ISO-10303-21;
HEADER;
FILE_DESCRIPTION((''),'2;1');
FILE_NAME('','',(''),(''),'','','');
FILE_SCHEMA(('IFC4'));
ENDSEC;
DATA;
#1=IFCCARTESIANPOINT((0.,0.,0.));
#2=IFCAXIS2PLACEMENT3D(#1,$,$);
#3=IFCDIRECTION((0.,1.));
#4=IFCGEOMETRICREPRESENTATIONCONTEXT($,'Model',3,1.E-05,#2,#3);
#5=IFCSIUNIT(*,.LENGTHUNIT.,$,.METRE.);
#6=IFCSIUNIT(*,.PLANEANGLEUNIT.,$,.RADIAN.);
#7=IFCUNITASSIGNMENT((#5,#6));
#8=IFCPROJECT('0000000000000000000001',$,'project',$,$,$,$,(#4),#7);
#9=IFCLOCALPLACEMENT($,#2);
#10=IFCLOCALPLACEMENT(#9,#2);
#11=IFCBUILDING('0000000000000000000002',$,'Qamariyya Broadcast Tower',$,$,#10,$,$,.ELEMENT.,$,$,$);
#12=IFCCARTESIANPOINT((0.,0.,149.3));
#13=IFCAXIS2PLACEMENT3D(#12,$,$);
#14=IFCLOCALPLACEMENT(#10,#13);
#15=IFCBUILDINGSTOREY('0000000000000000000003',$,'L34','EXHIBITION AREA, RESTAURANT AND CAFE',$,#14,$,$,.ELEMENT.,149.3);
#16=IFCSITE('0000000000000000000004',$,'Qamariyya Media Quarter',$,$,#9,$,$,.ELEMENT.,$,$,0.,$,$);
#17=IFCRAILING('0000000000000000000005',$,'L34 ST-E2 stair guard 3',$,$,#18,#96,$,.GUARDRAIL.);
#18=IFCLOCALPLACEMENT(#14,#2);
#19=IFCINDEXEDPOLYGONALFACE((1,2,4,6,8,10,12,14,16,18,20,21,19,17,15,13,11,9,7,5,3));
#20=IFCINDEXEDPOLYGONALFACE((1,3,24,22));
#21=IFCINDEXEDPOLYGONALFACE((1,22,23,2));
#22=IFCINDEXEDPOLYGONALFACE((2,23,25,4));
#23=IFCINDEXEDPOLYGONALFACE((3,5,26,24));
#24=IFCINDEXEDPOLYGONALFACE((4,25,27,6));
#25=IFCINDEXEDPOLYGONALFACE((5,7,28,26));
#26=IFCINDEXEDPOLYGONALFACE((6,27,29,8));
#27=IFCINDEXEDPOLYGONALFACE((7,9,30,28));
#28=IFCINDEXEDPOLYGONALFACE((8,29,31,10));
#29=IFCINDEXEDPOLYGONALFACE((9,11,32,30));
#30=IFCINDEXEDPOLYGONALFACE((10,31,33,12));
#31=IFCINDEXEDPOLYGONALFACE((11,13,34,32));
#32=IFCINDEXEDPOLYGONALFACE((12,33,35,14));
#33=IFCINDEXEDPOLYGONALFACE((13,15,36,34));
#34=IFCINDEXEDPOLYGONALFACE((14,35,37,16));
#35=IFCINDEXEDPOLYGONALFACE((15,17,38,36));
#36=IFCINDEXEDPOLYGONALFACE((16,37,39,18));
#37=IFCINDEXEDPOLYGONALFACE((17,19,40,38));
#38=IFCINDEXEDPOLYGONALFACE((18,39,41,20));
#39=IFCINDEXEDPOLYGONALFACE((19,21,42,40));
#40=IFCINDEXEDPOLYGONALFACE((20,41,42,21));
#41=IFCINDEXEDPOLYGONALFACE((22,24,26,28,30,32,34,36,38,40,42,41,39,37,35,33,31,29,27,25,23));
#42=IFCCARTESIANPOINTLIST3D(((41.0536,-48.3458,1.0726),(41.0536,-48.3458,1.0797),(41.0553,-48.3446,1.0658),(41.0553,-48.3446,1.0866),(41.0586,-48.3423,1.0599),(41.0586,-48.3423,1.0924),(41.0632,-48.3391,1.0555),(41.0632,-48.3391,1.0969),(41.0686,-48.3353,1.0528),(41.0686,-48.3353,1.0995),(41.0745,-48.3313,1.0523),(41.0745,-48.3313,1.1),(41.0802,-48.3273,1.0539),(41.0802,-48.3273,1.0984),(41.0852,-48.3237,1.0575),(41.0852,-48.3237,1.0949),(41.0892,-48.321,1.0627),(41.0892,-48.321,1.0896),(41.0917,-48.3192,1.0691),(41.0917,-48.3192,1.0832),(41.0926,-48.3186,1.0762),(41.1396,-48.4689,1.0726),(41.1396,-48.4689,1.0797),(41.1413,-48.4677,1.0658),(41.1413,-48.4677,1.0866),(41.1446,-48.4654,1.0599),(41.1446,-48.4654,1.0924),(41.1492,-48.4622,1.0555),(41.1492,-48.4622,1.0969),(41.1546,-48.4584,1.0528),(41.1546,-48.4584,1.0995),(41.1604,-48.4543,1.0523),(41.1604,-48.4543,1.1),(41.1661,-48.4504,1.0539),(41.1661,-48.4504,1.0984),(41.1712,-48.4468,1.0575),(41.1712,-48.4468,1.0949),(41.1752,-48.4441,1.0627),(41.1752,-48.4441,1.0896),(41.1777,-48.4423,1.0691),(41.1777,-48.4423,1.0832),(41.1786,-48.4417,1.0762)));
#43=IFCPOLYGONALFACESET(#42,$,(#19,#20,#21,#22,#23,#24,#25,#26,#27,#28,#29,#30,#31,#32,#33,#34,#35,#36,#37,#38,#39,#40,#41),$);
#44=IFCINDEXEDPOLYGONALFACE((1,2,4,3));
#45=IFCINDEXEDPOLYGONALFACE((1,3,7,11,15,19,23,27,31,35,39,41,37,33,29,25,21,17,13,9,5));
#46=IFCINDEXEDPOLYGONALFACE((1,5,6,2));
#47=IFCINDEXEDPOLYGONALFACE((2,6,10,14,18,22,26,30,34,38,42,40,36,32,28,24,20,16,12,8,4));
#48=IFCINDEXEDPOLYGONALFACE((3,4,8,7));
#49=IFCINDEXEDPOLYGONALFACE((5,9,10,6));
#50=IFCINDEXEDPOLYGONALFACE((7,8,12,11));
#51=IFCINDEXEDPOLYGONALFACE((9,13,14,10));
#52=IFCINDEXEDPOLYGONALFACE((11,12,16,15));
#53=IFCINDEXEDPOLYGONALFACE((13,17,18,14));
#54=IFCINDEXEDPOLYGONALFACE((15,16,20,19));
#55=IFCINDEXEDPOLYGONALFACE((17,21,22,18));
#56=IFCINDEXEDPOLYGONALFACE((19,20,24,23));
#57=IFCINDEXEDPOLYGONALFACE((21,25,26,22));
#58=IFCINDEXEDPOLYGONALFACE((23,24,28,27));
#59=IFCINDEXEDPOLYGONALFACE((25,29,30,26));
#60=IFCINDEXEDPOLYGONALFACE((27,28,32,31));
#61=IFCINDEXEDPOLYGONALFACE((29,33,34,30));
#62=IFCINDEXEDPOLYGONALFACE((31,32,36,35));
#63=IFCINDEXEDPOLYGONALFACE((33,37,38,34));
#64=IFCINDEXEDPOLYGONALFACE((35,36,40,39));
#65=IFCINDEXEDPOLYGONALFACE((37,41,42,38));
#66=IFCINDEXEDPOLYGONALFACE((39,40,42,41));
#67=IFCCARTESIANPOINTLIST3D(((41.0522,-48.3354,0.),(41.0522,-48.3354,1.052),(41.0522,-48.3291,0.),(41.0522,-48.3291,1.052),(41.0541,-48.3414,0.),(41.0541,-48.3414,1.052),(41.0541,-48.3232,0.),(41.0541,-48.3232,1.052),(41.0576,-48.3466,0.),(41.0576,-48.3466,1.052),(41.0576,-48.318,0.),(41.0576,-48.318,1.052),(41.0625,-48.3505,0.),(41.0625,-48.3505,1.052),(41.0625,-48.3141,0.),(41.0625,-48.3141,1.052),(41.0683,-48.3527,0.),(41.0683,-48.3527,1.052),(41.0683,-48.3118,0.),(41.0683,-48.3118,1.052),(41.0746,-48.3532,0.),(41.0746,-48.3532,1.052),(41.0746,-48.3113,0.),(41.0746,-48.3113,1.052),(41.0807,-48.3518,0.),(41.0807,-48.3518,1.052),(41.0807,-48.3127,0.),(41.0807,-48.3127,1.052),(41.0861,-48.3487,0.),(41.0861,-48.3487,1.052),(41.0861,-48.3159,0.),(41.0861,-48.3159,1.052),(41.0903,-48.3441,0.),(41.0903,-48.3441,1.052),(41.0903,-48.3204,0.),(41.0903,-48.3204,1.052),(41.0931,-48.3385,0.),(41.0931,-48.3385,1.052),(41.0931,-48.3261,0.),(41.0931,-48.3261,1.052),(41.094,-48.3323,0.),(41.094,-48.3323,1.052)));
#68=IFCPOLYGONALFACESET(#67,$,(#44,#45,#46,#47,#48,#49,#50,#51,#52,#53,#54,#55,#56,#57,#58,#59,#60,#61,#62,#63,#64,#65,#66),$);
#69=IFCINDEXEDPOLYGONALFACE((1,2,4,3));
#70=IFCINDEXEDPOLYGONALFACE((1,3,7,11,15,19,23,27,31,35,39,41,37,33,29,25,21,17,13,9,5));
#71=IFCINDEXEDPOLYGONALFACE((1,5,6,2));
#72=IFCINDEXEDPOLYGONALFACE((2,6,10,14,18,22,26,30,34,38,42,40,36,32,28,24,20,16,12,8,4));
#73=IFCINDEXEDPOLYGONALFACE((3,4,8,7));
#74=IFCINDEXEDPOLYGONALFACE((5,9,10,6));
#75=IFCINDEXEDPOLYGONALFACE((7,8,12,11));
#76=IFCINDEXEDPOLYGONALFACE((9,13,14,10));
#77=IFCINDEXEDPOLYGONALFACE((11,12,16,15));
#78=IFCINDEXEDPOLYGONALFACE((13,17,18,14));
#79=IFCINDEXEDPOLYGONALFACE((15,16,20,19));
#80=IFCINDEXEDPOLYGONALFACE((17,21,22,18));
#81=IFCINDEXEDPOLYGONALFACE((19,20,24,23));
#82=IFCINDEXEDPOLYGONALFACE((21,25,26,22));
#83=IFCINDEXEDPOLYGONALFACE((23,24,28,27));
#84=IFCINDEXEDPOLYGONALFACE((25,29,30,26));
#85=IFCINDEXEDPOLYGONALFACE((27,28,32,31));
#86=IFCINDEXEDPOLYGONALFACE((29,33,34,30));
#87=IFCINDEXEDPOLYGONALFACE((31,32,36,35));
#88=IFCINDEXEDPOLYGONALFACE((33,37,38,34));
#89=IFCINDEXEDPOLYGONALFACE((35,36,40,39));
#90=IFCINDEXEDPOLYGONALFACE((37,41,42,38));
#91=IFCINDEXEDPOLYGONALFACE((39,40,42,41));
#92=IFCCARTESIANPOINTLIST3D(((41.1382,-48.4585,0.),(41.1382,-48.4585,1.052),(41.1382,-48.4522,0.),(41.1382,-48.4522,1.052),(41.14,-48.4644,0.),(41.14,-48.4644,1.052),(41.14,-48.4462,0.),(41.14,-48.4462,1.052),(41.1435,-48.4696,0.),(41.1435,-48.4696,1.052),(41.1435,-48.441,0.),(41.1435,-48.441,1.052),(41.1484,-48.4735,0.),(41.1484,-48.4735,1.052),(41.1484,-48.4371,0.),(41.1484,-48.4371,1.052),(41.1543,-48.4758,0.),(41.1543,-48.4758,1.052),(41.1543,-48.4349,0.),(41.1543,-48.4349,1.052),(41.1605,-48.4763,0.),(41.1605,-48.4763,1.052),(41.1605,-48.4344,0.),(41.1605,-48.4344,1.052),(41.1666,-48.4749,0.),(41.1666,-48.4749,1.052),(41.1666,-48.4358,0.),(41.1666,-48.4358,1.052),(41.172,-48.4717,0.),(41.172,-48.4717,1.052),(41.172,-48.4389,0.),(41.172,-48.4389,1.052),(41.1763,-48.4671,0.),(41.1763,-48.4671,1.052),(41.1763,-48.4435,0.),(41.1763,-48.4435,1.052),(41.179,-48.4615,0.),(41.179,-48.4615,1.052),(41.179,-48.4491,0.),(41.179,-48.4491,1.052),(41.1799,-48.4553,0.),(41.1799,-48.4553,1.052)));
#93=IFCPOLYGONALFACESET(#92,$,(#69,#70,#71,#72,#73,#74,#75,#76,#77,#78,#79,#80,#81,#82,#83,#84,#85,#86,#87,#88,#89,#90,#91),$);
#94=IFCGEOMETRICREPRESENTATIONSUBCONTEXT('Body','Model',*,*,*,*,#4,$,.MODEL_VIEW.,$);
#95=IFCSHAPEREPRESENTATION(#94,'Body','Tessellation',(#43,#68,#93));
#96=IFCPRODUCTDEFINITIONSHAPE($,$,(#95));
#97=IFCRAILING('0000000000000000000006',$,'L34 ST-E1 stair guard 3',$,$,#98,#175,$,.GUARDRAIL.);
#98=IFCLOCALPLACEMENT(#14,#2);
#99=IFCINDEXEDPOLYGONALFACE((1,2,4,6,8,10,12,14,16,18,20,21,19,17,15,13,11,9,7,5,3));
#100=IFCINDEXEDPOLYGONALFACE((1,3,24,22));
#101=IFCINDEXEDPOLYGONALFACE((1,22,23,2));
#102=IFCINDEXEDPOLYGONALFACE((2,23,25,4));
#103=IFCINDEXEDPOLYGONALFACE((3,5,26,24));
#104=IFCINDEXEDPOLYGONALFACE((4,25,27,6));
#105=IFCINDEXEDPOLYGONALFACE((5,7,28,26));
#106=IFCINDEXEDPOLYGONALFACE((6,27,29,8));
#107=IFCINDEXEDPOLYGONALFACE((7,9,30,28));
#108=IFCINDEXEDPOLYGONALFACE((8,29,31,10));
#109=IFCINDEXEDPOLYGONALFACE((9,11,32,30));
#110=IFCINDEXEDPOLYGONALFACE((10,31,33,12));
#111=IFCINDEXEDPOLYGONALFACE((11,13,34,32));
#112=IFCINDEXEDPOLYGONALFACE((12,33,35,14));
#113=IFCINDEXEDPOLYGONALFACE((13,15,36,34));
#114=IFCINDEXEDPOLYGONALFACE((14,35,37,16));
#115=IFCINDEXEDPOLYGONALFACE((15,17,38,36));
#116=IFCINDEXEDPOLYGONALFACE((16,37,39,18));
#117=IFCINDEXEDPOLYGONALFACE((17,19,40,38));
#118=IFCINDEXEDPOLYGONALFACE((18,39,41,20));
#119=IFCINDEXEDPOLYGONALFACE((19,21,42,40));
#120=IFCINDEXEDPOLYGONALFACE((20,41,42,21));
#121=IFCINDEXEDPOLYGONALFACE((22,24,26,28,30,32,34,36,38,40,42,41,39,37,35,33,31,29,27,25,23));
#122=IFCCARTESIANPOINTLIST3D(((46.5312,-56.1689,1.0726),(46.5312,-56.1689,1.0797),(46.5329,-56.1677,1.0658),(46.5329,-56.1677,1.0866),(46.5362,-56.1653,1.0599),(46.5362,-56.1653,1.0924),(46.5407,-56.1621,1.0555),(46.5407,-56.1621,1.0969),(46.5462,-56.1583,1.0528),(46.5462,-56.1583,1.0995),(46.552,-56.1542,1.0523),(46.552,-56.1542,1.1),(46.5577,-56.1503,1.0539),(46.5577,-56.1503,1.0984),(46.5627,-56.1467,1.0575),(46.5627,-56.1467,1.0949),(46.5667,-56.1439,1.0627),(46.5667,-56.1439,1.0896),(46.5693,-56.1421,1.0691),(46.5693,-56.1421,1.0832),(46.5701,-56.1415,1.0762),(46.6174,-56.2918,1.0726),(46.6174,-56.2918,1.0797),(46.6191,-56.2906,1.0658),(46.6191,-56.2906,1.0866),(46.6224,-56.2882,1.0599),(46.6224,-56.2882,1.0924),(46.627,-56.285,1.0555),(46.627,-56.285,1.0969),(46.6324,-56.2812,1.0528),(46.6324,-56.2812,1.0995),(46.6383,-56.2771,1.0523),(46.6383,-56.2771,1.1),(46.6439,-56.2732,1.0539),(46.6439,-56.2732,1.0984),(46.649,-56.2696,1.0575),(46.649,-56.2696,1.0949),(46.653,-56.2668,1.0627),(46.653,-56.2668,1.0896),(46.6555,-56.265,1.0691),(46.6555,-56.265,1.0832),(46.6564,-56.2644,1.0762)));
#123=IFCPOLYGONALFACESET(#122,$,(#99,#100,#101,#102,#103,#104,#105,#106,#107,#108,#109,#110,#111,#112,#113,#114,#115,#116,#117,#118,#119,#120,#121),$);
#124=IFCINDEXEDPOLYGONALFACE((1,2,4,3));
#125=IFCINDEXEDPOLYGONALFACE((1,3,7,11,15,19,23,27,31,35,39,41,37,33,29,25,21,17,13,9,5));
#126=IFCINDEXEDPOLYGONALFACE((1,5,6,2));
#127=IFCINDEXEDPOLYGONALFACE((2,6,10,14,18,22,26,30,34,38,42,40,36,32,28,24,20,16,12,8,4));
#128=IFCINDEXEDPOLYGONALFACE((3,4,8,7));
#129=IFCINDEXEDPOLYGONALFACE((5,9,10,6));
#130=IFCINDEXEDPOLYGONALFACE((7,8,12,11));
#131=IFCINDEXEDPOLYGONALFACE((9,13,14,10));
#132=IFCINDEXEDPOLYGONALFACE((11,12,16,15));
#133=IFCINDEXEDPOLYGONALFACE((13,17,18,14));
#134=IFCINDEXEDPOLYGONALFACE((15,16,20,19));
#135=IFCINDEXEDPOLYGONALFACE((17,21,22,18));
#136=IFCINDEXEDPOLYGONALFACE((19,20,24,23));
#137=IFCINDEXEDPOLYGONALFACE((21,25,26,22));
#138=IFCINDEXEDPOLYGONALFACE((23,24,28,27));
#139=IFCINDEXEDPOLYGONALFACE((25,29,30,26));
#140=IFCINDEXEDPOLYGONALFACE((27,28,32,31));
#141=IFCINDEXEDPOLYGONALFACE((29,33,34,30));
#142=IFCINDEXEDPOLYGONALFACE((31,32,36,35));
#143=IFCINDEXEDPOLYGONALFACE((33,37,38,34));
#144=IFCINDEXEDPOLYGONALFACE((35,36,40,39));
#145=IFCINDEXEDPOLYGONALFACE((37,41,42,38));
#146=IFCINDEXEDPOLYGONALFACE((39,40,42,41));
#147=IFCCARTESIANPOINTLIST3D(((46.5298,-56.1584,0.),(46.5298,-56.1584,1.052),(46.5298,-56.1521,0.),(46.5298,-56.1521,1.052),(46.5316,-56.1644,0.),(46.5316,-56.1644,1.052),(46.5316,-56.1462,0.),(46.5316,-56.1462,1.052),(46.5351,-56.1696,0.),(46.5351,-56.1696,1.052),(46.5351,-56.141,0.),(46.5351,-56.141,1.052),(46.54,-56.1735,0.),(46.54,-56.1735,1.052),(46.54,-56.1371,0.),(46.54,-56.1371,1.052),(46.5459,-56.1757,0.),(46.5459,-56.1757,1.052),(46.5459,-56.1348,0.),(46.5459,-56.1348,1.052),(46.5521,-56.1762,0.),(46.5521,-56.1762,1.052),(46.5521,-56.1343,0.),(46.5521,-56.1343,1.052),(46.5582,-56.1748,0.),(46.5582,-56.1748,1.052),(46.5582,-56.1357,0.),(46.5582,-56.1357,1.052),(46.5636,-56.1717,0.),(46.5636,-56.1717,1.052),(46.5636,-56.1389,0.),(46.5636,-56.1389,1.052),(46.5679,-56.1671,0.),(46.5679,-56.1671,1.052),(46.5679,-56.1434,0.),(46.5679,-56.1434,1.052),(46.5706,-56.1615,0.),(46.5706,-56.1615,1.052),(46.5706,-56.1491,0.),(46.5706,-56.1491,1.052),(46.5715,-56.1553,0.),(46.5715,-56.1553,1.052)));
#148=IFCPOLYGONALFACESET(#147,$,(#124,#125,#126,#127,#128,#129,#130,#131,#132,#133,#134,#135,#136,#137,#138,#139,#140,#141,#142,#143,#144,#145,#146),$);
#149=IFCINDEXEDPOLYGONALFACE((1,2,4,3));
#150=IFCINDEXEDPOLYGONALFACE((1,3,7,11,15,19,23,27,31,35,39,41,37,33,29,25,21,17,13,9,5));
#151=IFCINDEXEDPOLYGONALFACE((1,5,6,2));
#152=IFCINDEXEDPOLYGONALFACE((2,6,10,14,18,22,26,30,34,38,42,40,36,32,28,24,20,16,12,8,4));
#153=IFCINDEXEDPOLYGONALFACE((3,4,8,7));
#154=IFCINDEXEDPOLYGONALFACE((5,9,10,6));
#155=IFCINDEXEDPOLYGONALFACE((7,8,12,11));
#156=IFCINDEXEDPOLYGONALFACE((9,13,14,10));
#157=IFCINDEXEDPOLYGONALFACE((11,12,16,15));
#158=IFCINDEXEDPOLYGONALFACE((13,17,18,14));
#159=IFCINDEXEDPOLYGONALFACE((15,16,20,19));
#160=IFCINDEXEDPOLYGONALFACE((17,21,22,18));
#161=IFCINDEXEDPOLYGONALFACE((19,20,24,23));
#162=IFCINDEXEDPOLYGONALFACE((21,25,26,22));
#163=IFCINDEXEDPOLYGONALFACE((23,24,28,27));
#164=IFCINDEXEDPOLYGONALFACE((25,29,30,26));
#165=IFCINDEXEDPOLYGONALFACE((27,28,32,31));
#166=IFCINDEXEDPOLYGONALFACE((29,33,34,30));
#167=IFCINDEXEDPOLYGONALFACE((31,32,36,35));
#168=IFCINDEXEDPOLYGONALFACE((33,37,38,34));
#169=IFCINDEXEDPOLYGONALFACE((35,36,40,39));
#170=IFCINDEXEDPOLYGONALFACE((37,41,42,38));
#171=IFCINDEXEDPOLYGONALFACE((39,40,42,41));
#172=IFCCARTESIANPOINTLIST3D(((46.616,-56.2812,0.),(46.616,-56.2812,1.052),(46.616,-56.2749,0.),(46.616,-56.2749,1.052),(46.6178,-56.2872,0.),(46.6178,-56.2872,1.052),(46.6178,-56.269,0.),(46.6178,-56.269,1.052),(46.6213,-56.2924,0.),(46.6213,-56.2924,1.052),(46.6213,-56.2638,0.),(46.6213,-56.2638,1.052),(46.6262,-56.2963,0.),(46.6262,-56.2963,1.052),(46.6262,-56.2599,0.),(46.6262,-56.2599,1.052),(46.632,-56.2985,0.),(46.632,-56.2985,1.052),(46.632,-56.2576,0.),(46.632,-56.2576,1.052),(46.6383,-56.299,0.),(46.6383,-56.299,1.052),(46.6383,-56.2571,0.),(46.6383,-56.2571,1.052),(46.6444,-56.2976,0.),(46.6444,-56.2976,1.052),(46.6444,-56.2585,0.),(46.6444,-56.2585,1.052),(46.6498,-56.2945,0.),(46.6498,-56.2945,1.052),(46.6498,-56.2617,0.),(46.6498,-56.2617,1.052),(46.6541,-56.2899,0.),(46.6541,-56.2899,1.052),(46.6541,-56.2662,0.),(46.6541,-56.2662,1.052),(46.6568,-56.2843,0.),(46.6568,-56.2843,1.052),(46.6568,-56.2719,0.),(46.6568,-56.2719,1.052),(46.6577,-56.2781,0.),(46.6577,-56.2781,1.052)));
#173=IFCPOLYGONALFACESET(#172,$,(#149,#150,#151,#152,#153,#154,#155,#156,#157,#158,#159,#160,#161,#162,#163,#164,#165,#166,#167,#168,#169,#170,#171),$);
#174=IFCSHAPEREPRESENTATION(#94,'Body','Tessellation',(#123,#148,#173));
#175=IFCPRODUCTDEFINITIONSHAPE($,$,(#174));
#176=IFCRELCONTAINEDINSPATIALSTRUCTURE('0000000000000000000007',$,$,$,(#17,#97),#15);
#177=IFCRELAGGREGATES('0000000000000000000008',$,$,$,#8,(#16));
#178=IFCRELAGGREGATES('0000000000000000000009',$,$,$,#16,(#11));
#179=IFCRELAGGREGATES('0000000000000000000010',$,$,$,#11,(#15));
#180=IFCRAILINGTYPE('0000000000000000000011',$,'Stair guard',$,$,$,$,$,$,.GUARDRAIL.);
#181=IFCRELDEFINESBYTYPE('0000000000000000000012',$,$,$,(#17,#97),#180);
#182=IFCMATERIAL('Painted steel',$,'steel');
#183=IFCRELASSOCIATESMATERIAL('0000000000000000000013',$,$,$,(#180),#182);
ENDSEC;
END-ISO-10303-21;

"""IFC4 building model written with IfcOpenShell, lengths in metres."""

from ifc_helpers import new_model, si_unit, direction, frame, origin, origin_2d, place, context, subcontext, project, spatial, circle, extrude, material, type_object, element, save


model = new_model("IFC4")

# Units and contexts
model_context = context("Model", 3, precision=1e-05, world=origin(), true_north=direction((0.0, 1.0)))
body_context = subcontext(model_context, "Body", "Model", "MODEL_VIEW")
ifc_project = project(units=[si_unit("LENGTHUNIT", "METRE"), si_unit("PLANEANGLEUNIT", "RADIAN")], contexts=[model_context])

# Site, building, storey
site_placement = place(None, origin())
site = spatial("IfcSite", under=ifc_project, at=site_placement, Name="Qamariyya Media Quarter", CompositionType="ELEMENT", RefElevation=0.0)
building_placement = place(site_placement, origin())
building = spatial("IfcBuilding", under=site, at=building_placement, Name="Qamariyya Broadcast Tower", CompositionType="ELEMENT")
storey_placement = place(building_placement, frame((0.0, 0.0, 149.3)))
storey = spatial("IfcBuildingStorey", under=building, at=storey_placement, Name="L34", Description="EXHIBITION AREA, RESTAURANT AND CAFE", CompositionType="ELEMENT", Elevation=149.3)

# Railings
ifc_material_1 = material(Name="Painted steel", Category="steel")
railing_type_1 = type_object("IfcRailingType", Name="Stair guard", PredefinedType="GUARDRAIL", material=ifc_material_1)
railing_1_placement = place(storey_placement, frame((41.073, -48.3323, 0.0)))
element("IfcRailing", 1, at=railing_1_placement, inside=storey, type_object=railing_type_1, Name="L34 ST-E2 stair guard 3", PredefinedType="GUARDRAIL", context=body_context, shape_type="SweptSolid", body=[
    extrude(circle(Radius=0.0239, at=origin_2d()), frame((0.0, 0.0, 1.0762), z_axis=(0.572589, -0.819843, 0.0), x_axis=(0.819843, 0.572589, 0.0)), (0.0, 0.0, 1.0), 0.1501),
    extrude(circle(Radius=0.021, at=origin_2d()), origin(), (0.0, 0.0, 1.0), 1.052),
    extrude(circle(Radius=0.021, at=origin_2d()), frame((0.0859, -0.123, 0.0)), (0.0, 0.0, 1.0), 1.052),
])
railing_2_placement = place(storey_placement, frame((46.5505, -56.1553, 0.0)))
element("IfcRailing", 2, at=railing_2_placement, inside=storey, type_object=railing_type_1, Name="L34 ST-E1 stair guard 3", PredefinedType="GUARDRAIL", context=body_context, shape_type="SweptSolid", body=[
    extrude(circle(Radius=0.0239, at=origin_2d()), frame((0.0, 0.0, 1.0762), z_axis=(0.574445, -0.818543, 0.0), x_axis=(0.818543, 0.574445, 0.0)), (0.0, 0.0, 1.0), 0.1501),
    extrude(circle(Radius=0.021, at=origin_2d()), origin(), (0.0, 0.0, 1.0), 1.052),
    extrude(circle(Radius=0.021, at=origin_2d()), frame((0.0862, -0.1228, 0.0)), (0.0, 0.0, 1.0), 1.052),
])

save(model, "model.ifc")
